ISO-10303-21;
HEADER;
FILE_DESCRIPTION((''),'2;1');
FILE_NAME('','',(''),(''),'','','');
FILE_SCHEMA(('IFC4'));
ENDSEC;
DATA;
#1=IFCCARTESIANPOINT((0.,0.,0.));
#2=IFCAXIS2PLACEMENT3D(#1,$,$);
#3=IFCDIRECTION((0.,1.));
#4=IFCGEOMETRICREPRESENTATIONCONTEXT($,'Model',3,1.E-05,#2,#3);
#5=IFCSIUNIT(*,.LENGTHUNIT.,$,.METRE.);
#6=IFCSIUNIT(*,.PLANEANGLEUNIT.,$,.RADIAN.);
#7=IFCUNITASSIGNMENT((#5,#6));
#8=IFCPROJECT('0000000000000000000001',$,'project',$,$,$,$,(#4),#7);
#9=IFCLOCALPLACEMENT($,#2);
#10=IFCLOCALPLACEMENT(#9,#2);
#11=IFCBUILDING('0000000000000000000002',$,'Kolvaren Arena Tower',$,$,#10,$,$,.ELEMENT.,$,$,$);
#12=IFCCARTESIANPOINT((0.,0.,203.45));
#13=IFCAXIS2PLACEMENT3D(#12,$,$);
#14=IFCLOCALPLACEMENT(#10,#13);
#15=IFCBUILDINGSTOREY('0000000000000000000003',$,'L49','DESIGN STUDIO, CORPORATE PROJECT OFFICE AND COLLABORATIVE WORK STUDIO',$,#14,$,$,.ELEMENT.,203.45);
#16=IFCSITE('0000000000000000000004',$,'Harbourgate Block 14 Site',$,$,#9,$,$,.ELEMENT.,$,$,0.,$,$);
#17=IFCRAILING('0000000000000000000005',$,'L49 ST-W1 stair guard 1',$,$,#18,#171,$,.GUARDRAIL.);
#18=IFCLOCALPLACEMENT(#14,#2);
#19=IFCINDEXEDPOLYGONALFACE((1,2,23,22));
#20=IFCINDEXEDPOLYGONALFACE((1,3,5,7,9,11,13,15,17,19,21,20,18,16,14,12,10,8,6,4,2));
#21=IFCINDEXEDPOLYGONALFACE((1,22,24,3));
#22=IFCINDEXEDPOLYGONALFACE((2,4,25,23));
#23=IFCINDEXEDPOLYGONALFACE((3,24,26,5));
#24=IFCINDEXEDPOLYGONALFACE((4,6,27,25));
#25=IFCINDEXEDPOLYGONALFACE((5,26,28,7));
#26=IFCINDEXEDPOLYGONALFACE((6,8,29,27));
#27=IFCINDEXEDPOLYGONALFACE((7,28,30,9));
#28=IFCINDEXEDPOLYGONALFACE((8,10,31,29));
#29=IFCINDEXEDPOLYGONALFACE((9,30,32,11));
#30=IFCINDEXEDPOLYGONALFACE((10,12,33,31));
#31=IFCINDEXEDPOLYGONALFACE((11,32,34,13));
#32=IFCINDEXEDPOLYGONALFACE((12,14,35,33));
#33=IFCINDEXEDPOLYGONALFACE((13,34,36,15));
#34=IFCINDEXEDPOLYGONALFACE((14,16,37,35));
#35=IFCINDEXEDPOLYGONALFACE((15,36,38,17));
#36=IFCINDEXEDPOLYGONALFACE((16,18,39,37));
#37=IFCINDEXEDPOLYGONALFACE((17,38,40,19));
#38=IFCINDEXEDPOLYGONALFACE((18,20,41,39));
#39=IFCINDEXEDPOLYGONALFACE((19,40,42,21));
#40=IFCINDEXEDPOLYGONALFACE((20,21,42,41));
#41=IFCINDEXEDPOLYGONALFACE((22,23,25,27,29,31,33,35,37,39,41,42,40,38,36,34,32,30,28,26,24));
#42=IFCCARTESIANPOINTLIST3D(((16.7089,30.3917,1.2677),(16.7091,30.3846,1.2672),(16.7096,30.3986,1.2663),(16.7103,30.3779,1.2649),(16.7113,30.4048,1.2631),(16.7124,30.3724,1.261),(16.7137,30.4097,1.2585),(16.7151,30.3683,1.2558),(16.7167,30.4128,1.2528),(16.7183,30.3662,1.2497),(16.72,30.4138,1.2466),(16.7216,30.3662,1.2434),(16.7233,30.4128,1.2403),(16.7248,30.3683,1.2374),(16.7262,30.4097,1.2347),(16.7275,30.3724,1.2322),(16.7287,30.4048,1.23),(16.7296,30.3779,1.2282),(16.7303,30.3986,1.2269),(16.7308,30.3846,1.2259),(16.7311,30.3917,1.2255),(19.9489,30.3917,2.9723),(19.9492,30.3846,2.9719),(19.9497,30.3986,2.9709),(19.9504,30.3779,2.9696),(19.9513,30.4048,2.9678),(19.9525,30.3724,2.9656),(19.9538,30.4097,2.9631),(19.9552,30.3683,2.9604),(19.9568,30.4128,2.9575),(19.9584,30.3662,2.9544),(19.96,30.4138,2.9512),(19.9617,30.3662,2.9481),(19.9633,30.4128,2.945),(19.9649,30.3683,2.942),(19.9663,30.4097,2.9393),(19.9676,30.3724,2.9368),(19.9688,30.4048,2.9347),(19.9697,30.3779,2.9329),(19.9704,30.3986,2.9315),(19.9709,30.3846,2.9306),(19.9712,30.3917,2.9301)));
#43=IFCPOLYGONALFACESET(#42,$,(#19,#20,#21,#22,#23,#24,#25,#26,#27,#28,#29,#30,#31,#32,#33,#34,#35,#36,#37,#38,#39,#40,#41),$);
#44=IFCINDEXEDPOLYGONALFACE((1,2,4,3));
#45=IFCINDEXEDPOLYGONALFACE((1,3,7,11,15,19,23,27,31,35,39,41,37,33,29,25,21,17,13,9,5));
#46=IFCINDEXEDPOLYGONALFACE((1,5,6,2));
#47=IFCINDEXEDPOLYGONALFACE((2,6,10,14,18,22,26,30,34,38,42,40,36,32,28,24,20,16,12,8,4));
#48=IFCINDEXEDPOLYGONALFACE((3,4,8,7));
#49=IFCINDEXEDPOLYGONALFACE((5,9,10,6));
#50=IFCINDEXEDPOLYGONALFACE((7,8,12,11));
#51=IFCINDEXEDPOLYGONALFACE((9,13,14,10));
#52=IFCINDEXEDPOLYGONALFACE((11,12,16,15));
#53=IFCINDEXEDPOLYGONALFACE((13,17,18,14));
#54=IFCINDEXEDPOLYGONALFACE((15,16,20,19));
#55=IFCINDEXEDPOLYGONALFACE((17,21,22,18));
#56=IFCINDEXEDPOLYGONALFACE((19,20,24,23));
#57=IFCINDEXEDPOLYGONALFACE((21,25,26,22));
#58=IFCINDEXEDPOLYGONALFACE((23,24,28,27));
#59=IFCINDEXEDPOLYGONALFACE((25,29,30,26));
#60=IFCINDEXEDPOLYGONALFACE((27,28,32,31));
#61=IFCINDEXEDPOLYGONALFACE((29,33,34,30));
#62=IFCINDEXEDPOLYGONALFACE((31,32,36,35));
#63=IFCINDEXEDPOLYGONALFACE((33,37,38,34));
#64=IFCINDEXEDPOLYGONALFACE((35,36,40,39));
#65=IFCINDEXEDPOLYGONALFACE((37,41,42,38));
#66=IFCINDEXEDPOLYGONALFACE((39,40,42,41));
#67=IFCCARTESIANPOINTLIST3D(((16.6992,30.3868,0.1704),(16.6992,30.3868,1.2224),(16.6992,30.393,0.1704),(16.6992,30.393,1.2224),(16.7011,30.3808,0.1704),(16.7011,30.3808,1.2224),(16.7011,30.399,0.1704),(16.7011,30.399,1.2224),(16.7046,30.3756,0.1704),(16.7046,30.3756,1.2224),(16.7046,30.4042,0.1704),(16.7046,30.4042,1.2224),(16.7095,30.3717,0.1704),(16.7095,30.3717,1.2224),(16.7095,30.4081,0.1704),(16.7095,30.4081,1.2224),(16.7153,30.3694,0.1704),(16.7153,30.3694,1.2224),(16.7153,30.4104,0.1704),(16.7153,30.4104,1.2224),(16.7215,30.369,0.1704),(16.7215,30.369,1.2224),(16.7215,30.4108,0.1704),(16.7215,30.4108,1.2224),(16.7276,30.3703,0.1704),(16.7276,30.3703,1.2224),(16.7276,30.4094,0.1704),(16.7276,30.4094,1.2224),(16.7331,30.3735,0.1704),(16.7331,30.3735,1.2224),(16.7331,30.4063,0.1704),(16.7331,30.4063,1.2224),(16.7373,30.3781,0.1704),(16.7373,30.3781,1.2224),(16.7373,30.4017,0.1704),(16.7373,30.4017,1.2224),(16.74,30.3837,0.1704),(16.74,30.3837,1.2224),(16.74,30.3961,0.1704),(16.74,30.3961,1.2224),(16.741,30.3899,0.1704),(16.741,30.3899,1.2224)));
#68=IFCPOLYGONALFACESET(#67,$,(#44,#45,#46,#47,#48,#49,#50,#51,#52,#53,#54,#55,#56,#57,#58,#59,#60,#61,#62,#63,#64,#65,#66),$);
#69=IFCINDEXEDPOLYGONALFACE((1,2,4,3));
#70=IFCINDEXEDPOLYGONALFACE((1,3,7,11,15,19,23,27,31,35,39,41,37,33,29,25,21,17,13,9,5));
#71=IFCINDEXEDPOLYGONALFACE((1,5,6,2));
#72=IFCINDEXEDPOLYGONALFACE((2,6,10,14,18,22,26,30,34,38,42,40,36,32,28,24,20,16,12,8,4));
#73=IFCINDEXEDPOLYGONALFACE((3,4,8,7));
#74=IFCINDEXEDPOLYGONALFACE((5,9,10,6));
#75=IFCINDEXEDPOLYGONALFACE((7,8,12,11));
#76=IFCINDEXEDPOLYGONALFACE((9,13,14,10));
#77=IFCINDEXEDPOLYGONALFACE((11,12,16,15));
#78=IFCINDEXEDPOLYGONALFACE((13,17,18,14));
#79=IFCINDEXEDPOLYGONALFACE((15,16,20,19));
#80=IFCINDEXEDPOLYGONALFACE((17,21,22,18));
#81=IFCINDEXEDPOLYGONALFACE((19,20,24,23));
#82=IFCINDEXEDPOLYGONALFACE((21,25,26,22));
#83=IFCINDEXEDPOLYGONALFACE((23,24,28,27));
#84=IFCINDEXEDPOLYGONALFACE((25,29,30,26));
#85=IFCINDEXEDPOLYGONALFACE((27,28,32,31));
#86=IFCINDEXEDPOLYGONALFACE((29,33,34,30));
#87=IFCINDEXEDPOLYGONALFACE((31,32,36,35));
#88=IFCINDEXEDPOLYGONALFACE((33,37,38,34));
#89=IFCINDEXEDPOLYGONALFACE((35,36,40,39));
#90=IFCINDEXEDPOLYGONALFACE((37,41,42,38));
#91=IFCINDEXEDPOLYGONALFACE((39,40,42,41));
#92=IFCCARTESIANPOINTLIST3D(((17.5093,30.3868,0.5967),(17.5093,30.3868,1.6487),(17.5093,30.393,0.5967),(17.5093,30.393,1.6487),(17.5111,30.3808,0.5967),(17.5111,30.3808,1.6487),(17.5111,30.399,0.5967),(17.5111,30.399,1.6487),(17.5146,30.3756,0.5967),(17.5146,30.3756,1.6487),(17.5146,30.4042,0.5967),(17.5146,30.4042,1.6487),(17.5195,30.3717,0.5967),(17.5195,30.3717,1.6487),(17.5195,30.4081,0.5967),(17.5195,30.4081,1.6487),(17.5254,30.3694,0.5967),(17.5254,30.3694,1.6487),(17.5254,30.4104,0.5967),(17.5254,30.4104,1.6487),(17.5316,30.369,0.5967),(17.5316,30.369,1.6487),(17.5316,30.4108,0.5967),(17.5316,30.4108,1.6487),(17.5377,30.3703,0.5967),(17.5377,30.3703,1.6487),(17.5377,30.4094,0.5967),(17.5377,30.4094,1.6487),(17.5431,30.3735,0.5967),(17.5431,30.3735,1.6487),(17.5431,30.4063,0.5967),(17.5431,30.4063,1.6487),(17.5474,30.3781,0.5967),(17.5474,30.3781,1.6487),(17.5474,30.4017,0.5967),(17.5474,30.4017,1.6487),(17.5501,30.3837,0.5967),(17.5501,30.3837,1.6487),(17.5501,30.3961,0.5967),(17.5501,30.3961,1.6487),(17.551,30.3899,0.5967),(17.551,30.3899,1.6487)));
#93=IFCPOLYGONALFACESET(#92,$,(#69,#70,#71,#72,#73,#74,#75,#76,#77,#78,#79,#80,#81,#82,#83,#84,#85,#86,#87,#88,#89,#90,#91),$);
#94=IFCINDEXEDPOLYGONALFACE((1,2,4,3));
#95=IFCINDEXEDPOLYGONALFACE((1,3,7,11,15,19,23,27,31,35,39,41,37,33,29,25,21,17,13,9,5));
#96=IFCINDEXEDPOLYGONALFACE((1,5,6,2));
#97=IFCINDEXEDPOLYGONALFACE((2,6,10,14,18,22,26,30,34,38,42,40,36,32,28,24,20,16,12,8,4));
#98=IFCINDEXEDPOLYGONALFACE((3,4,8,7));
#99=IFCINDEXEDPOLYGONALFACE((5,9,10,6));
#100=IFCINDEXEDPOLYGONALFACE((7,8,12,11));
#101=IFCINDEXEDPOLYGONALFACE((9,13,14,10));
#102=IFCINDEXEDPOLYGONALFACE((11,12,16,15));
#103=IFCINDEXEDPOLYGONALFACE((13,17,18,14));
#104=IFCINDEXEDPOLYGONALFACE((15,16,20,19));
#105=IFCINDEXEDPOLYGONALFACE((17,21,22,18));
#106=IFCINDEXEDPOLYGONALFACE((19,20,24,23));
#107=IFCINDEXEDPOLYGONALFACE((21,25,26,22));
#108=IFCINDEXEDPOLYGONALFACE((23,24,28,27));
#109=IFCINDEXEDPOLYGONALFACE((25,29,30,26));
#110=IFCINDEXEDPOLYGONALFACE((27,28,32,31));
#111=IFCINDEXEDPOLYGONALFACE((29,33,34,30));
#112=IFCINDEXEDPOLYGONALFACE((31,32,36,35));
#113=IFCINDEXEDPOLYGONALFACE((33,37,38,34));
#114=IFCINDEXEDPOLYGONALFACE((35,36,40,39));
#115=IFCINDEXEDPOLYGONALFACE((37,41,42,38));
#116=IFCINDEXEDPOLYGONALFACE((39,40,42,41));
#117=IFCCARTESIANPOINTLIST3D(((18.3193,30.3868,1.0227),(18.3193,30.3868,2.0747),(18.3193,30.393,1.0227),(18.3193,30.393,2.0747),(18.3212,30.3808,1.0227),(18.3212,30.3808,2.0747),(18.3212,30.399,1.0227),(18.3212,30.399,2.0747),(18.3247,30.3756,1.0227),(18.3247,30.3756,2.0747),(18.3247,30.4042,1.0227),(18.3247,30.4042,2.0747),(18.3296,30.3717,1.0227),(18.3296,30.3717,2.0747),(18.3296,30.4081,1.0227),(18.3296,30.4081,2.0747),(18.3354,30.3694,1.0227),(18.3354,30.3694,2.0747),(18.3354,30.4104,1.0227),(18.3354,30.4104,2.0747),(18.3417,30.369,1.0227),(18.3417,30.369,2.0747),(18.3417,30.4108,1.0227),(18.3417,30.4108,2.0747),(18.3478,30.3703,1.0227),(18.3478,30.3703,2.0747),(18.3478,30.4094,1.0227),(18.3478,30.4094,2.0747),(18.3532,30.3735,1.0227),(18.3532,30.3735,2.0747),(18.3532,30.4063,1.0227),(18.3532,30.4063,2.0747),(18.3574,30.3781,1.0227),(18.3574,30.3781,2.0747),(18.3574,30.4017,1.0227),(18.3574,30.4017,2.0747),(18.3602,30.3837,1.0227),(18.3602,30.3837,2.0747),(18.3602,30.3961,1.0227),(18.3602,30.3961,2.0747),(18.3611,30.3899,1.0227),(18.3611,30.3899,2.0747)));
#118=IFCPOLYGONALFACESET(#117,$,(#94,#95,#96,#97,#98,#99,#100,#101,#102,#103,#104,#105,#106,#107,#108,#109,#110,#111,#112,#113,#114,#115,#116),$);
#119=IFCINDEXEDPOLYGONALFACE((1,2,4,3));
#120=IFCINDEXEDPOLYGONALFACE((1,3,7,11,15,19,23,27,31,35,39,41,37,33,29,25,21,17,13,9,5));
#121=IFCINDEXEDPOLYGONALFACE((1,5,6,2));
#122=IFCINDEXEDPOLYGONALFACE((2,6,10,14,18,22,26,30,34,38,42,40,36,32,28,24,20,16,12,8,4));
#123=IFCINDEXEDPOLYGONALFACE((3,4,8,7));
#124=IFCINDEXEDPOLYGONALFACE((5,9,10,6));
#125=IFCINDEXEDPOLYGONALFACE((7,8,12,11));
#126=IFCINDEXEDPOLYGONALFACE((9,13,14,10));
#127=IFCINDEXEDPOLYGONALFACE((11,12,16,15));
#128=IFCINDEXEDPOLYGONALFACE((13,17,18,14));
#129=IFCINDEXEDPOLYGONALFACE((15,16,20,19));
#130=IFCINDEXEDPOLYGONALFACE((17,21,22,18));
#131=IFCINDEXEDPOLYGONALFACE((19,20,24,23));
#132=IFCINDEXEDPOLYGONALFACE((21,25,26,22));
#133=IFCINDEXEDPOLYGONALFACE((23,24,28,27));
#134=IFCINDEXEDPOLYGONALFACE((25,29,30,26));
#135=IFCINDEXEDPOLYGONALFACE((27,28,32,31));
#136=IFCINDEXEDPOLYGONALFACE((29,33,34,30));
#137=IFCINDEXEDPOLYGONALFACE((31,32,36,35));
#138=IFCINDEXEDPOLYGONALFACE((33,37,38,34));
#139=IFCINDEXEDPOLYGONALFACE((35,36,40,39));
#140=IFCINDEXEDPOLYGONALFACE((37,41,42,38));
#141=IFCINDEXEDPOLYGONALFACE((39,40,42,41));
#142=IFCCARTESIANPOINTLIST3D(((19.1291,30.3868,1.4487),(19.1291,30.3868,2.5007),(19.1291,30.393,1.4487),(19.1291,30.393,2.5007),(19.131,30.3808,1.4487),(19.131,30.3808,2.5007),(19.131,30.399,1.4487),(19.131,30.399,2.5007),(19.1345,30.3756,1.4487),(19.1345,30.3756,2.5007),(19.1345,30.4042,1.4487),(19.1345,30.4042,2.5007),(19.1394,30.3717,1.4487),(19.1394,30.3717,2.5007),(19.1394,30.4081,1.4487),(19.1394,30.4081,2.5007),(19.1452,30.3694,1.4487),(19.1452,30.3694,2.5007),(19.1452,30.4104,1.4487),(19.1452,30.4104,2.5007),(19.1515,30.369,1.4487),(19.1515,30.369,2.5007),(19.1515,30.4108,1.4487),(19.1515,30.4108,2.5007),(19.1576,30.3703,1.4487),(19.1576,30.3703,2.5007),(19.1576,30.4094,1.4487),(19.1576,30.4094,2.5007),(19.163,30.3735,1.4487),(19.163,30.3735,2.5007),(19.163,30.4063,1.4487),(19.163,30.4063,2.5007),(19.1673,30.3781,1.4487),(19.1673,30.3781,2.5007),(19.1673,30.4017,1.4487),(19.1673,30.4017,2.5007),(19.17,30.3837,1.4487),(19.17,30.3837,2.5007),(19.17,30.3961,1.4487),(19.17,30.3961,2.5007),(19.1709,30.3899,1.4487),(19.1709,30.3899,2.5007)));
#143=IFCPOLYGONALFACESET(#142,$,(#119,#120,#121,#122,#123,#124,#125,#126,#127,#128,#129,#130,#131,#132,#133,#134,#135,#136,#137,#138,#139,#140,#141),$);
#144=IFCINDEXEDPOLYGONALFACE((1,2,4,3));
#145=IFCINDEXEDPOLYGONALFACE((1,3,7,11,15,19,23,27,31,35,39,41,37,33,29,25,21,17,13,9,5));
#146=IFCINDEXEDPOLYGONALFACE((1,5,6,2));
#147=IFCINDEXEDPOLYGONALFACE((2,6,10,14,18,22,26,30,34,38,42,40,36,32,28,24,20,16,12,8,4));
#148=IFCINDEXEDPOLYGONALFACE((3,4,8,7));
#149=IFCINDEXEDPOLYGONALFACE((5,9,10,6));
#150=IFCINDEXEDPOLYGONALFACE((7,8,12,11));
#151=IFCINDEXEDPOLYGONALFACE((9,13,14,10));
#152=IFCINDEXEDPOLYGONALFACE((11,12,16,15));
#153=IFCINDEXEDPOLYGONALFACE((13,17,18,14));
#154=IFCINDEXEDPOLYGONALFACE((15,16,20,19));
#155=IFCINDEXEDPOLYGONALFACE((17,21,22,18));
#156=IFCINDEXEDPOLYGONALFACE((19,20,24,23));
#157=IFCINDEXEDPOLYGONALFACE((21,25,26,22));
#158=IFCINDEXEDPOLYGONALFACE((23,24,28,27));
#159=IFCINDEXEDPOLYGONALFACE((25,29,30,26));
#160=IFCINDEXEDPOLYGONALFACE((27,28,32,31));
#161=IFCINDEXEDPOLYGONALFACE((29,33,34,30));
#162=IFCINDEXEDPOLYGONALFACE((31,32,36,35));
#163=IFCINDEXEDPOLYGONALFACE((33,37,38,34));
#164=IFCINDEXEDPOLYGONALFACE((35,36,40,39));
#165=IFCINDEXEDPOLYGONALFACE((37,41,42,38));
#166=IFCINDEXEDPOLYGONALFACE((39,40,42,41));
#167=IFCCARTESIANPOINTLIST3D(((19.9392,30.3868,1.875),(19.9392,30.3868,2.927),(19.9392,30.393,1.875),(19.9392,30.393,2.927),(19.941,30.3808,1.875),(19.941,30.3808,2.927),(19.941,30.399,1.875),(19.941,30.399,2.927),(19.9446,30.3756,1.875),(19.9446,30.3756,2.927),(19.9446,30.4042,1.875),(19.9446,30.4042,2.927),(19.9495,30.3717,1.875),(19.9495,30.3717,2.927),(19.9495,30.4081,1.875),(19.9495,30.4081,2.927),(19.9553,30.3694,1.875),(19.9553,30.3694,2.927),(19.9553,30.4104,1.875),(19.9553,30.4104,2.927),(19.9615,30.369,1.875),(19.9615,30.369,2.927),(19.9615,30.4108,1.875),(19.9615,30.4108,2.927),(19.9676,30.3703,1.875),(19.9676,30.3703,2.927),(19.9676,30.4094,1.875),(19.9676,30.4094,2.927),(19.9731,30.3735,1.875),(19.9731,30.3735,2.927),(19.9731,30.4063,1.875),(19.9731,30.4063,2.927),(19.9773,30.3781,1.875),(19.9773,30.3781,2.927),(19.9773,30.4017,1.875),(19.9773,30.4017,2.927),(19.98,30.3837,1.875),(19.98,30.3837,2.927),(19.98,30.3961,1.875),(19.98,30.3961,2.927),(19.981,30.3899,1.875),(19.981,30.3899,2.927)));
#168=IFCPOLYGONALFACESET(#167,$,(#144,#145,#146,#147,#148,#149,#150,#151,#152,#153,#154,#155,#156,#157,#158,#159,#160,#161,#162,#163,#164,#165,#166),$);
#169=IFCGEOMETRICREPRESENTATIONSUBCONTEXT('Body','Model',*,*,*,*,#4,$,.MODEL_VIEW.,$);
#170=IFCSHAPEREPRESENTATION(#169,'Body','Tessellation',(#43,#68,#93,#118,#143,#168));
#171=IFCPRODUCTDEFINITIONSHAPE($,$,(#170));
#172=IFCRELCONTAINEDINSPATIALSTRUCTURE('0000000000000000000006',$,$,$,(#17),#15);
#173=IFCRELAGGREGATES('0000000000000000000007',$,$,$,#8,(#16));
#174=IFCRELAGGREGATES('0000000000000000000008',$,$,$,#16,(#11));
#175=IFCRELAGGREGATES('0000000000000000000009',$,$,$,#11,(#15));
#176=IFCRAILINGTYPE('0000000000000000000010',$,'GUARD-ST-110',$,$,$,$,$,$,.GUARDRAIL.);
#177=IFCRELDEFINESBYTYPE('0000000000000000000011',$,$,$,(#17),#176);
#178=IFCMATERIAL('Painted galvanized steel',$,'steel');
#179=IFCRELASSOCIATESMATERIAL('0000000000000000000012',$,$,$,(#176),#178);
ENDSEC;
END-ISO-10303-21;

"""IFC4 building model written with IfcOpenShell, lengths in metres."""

from ifc_helpers import new_model, si_unit, direction, frame, origin, origin_2d, place, context, subcontext, project, spatial, circle, extrude, material, type_object, element, save


model = new_model("IFC4")

# Units and contexts
model_context = context("Model", 3, precision=1e-05, world=origin(), true_north=direction((0.0, 1.0)))
body_context = subcontext(model_context, "Body", "Model", "MODEL_VIEW")
ifc_project = project(units=[si_unit("LENGTHUNIT", "METRE"), si_unit("PLANEANGLEUNIT", "RADIAN")], contexts=[model_context])

# Site, building, storey
site_placement = place(None, origin())
site = spatial("IfcSite", under=ifc_project, at=site_placement, Name="Harbourgate Block 14 Site", CompositionType="ELEMENT", RefElevation=0.0)
building_placement = place(site_placement, origin())
building = spatial("IfcBuilding", under=site, at=building_placement, Name="Kolvaren Arena Tower", CompositionType="ELEMENT")
storey_placement = place(building_placement, frame((0.0, 0.0, 203.45)))
storey = spatial("IfcBuildingStorey", under=building, at=storey_placement, Name="L49", Description="DESIGN STUDIO, CORPORATE PROJECT OFFICE AND COLLABORATIVE WORK STUDIO", CompositionType="ELEMENT", Elevation=203.45)

# Railing
ifc_material_1 = material(Name="Painted galvanized steel", Category="steel")
railing_type_1 = type_object("IfcRailingType", Name="GUARD-ST-110", PredefinedType="GUARDRAIL", material=ifc_material_1)
railing_1_placement = place(storey_placement, frame((16.72, 30.3899, 0.1704)))
element("IfcRailing", 1, at=railing_1_placement, inside=storey, type_object=railing_type_1, Name="L49 ST-W1 stair guard 1", PredefinedType="GUARDRAIL", context=body_context, shape_type="SweptSolid", body=[
    extrude(circle(Radius=0.0239, at=origin_2d()), frame((0.0, 0.0, 1.0762), z_axis=(0.884993, 0.0, 0.465604), x_axis=(0.0, 1.0, 0.0)), (0.0, 0.0, 1.0), 3.6611),
    extrude(circle(Radius=0.021, at=origin_2d()), origin(), (0.0, 0.0, 1.0), 1.052),
    extrude(circle(Radius=0.021, at=origin_2d()), frame((0.8101, 0.0, 0.4263)), (0.0, 0.0, 1.0), 1.052),
    extrude(circle(Radius=0.021, at=origin_2d()), frame((1.6201, 0.0, 0.8523)), (0.0, 0.0, 1.0), 1.052),
    extrude(circle(Radius=0.021, at=origin_2d()), frame((2.4299, 0.0, 1.2783)), (0.0, 0.0, 1.0), 1.052),
    extrude(circle(Radius=0.021, at=origin_2d()), frame((3.24, 0.0, 1.7046)), (0.0, 0.0, 1.0), 1.052),
])

save(model, "model.ifc")
